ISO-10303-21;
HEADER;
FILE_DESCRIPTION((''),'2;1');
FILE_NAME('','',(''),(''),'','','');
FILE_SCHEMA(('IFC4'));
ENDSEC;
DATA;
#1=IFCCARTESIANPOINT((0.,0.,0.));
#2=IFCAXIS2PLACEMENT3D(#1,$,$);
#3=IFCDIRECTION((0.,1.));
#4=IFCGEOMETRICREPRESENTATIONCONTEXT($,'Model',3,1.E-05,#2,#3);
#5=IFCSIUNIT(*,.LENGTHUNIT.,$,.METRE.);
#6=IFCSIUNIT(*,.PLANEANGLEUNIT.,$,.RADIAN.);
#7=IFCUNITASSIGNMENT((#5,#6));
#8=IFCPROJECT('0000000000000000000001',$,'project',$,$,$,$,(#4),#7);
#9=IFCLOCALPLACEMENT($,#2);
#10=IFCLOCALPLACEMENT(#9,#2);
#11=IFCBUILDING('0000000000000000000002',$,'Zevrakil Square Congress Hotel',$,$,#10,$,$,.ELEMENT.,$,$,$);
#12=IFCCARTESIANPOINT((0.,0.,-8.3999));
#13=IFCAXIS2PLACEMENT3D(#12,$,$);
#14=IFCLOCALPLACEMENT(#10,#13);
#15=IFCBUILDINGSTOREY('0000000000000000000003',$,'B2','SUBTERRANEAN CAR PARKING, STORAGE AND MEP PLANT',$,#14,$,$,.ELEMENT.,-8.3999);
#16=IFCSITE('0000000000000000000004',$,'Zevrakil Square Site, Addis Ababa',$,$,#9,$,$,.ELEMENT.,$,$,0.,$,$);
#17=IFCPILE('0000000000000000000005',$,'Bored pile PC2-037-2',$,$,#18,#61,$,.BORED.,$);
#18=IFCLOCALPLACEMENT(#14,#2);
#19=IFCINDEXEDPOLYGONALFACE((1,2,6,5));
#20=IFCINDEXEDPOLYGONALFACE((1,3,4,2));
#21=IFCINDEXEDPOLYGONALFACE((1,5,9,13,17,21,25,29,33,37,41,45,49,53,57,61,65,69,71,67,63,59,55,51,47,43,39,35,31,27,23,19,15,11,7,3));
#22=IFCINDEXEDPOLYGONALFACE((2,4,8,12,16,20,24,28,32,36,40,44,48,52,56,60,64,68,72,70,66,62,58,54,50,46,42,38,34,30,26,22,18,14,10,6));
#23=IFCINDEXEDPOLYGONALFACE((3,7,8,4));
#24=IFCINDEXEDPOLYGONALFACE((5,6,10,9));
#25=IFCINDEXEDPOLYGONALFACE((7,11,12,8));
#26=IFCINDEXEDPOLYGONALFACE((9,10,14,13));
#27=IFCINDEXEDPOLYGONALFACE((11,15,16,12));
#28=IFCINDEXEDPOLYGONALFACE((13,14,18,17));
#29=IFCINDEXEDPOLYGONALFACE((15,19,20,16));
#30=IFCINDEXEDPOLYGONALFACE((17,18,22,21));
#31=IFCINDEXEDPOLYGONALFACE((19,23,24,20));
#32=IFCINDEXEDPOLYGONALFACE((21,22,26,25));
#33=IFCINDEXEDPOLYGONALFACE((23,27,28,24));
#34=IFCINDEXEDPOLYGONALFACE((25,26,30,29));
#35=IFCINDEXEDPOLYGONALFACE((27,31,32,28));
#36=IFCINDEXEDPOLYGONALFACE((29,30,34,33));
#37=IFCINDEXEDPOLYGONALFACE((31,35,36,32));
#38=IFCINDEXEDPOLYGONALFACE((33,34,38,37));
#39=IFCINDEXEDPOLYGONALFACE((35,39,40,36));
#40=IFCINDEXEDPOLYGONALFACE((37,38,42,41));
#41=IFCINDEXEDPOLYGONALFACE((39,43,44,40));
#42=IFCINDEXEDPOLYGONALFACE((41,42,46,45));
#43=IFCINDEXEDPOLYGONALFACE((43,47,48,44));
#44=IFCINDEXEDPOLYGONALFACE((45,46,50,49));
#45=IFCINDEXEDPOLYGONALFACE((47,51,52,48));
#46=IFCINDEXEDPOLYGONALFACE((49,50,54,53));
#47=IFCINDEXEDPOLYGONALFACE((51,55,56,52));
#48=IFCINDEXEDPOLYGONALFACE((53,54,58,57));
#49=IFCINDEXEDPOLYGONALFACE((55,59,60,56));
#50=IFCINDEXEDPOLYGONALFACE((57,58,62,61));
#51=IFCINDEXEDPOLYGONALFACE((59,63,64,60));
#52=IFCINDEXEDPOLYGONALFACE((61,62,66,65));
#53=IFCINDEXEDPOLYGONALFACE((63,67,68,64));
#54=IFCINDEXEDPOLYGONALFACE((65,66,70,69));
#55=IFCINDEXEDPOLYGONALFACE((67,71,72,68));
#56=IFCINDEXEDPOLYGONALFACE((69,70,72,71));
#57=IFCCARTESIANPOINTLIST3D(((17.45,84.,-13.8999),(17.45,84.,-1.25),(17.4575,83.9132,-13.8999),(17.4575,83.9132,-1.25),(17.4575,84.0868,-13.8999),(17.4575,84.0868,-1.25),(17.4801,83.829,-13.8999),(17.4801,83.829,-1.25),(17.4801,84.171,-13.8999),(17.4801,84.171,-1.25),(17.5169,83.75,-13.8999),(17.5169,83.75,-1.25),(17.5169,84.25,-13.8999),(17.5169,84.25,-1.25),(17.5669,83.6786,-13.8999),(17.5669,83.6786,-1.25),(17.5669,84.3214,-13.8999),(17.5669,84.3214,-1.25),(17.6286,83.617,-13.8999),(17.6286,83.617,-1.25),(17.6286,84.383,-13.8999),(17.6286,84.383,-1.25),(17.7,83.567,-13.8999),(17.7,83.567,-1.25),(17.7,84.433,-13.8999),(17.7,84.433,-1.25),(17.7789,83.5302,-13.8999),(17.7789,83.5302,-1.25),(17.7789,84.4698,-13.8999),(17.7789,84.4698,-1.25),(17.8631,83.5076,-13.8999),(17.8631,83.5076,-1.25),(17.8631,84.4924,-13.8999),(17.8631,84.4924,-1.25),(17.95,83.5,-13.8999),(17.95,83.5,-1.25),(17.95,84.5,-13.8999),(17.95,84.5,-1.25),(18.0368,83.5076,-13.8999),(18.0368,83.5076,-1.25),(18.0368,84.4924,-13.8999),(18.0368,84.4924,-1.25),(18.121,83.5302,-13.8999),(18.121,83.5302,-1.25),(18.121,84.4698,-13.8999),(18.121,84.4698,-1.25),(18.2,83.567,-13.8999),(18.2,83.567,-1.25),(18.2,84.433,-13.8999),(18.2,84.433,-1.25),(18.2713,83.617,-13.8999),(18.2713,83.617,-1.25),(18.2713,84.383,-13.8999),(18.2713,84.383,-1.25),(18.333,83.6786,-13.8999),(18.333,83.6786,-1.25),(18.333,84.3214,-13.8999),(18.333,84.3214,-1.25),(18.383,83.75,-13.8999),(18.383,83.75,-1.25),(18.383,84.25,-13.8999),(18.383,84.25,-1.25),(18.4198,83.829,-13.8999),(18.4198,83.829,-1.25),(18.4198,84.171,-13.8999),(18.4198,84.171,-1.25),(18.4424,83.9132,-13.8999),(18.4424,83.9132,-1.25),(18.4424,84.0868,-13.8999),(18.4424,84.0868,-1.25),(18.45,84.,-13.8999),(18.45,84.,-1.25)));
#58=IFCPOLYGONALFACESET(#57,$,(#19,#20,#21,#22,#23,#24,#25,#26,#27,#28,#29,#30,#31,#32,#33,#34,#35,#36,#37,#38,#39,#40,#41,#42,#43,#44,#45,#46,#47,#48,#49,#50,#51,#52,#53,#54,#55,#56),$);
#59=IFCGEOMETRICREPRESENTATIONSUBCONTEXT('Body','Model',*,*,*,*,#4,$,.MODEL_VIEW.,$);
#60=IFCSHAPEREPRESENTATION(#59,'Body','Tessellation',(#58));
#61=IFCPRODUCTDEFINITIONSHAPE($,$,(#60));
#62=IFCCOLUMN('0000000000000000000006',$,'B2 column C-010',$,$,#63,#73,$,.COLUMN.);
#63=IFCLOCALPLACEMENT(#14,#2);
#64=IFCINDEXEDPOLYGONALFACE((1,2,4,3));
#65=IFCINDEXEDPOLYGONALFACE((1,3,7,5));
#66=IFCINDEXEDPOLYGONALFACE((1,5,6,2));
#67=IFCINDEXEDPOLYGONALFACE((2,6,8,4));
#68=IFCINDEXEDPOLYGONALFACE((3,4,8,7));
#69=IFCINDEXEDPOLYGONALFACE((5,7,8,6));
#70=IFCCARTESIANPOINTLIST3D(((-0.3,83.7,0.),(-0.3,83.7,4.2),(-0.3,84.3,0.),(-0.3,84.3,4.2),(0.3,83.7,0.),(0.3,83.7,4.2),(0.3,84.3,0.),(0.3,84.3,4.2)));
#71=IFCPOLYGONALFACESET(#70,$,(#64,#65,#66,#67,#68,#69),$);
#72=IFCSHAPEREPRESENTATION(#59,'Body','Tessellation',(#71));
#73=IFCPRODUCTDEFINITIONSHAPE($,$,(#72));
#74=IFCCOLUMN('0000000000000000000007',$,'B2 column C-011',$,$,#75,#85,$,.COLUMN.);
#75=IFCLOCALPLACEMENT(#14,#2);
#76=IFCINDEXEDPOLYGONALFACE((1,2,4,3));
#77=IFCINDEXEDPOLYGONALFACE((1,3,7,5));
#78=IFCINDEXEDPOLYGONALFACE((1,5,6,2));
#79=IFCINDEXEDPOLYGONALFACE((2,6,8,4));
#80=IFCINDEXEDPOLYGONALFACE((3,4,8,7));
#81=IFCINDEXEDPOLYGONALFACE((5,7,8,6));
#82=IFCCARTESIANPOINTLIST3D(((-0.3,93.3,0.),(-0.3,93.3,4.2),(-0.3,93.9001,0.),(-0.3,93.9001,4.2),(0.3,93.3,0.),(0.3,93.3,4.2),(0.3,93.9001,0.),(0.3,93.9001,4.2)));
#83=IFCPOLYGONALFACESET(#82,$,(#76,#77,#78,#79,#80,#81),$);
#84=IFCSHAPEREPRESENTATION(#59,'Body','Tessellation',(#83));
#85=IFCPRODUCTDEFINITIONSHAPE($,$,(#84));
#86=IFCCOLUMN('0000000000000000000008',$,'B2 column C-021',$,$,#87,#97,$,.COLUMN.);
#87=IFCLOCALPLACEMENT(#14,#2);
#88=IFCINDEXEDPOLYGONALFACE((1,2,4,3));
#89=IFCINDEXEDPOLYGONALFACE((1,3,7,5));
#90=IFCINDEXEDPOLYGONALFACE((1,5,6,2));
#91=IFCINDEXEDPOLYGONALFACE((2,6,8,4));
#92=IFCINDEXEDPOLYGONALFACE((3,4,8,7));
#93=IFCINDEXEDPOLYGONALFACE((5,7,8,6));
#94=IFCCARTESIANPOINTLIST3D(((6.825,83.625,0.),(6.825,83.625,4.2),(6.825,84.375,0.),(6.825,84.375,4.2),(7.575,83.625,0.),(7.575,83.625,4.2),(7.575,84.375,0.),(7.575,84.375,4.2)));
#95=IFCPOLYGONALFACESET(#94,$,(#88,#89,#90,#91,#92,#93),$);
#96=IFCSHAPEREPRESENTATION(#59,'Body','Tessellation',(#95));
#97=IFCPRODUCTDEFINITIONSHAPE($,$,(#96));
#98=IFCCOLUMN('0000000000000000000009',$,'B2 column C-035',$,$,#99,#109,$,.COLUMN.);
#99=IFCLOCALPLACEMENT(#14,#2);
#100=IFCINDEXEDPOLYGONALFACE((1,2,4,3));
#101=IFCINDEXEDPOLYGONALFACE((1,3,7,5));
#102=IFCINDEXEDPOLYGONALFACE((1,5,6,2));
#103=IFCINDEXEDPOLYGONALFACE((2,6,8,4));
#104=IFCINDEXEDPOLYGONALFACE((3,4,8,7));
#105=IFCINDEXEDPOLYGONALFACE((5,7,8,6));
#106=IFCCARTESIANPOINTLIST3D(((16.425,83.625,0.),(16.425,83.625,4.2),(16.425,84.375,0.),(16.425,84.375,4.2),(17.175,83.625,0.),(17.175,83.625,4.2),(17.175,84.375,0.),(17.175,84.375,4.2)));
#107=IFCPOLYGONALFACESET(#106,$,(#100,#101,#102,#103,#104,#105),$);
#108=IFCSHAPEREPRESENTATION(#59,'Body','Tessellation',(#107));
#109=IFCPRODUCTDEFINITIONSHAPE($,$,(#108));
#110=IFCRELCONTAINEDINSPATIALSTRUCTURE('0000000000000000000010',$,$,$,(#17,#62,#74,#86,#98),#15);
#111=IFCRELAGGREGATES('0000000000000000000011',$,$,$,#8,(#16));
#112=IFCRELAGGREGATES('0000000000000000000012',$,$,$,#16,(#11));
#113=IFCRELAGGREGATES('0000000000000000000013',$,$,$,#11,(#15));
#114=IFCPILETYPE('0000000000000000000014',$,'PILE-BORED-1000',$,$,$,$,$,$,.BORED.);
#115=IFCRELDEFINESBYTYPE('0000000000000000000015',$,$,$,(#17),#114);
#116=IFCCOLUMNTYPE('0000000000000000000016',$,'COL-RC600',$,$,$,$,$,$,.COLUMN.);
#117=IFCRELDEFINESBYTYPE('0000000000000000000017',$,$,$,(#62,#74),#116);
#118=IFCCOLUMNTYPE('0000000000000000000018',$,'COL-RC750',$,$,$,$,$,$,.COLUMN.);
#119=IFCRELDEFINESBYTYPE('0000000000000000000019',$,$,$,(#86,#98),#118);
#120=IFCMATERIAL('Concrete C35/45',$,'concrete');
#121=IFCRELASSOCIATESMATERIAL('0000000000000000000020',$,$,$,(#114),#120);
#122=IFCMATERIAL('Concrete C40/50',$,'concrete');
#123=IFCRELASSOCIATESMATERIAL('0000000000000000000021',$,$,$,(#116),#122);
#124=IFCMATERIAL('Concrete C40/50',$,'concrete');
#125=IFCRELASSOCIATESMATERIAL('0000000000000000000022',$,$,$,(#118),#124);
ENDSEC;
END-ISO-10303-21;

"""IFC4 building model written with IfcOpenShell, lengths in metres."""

from ifc_helpers import new_model, si_unit, direction, frame, origin, origin_2d, place, context, subcontext, project, spatial, rectangle, circle, extrude, material, material_profile, profile_set, type_object, element, save


model = new_model("IFC4")

# Units and contexts
model_context = context("Model", 3, precision=1e-05, world=origin(), true_north=direction((0.0, 1.0)))
body_context = subcontext(model_context, "Body", "Model", "MODEL_VIEW")
ifc_project = project(units=[si_unit("LENGTHUNIT", "METRE"), si_unit("PLANEANGLEUNIT", "RADIAN")], contexts=[model_context])

# Site, building, storey
site_placement = place(None, origin())
site = spatial("IfcSite", under=ifc_project, at=site_placement, Name="Zevrakil Square Site, Addis Ababa", CompositionType="ELEMENT", RefElevation=0.0)
building_placement = place(site_placement, origin())
building = spatial("IfcBuilding", under=site, at=building_placement, Name="Zevrakil Square Congress Hotel", CompositionType="ELEMENT")
storey_placement = place(building_placement, frame((0.0, 0.0, -8.3999)))
storey = spatial("IfcBuildingStorey", under=building, at=storey_placement, Name="B2", Description="SUBTERRANEAN CAR PARKING, STORAGE AND MEP PLANT", CompositionType="ELEMENT", Elevation=-8.3999)

# Pile
ifc_material_1 = material(Name="Concrete C35/45", Category="concrete")
ifc_material_profile_1 = material_profile(ifc_material_1, circle(Radius=0.5, at=origin_2d()), Name="PILE D1000")
ifc_profile_set_1 = profile_set([ifc_material_profile_1], Name="Concrete C35/45")
pile_type = type_object("IfcPileType", Name="PILE-BORED-1000", PredefinedType="BORED", material=ifc_profile_set_1)
for number, where, z_axis, x_axis, name in (
    (1, (17.95, 84.0, -1.25), (0.0, 0.0, -1.0), (1.0, 0.0, 0.0), "Bored pile PC2-037-2"),
):
    element("IfcPile", number, at=place(storey_placement, frame(where, z_axis=z_axis, x_axis=x_axis)), inside=storey, type_object=pile_type, Name=name, PredefinedType="BORED", context=body_context, shape_type="SweptSolid", body=[
        extrude(circle(Radius=0.5, at=origin_2d()), origin(), (0.0, 0.0, 1.0), 12.6499),
    ])

# Columns
ifc_material_2 = material(Name="Concrete C40/50", Category="concrete")
ifc_material_profile_2 = material_profile(ifc_material_2, rectangle(XDim=0.6001, YDim=0.6001, at=origin_2d()), Name="RC 600x600")
ifc_profile_set_2 = profile_set([ifc_material_profile_2], Name="Concrete C40/50")
column_type_1 = type_object("IfcColumnType", Name="COL-RC600", PredefinedType="COLUMN", material=ifc_profile_set_2)
for number, where, z_axis, x_axis, name in (
    (2, (0.0, 84.0, 0.0), (0.0, 0.0, 1.0), (1.0, 0.0, 0.0), "B2 column C-010"),
    (3, (0.0, 93.6001, 0.0), (0.0, 0.0, 1.0), (1.0, 0.0, 0.0), "B2 column C-011"),
):
    element("IfcColumn", number, at=place(storey_placement, frame(where, z_axis=z_axis, x_axis=x_axis)), inside=storey, type_object=column_type_1, Name=name, PredefinedType="COLUMN", context=body_context, shape_type="SweptSolid", body=[
        extrude(rectangle(XDim=0.6001, YDim=0.6001, at=origin_2d()), origin(), (0.0, 0.0, 1.0), 4.2),
    ])
ifc_material_3 = material(Name="Concrete C40/50", Category="concrete")
ifc_material_profile_3 = material_profile(ifc_material_3, rectangle(XDim=0.75, YDim=0.75, at=origin_2d()), Name="RC 750x750")
ifc_profile_set_3 = profile_set([ifc_material_profile_3], Name="Concrete C40/50")
column_type_2 = type_object("IfcColumnType", Name="COL-RC750", PredefinedType="COLUMN", material=ifc_profile_set_3)
for number, where, z_axis, x_axis, name in (
    (4, (7.2, 84.0, 0.0), (0.0, 0.0, 1.0), (1.0, 0.0, 0.0), "B2 column C-021"),
    (5, (16.8, 84.0, 0.0), (0.0, 0.0, 1.0), (1.0, 0.0, 0.0), "B2 column C-035"),
):
    element("IfcColumn", number, at=place(storey_placement, frame(where, z_axis=z_axis, x_axis=x_axis)), inside=storey, type_object=column_type_2, Name=name, PredefinedType="COLUMN", context=body_context, shape_type="SweptSolid", body=[
        extrude(rectangle(XDim=0.75, YDim=0.75, at=origin_2d()), origin(), (0.0, 0.0, 1.0), 4.2),
    ])

save(model, "model.ifc")
